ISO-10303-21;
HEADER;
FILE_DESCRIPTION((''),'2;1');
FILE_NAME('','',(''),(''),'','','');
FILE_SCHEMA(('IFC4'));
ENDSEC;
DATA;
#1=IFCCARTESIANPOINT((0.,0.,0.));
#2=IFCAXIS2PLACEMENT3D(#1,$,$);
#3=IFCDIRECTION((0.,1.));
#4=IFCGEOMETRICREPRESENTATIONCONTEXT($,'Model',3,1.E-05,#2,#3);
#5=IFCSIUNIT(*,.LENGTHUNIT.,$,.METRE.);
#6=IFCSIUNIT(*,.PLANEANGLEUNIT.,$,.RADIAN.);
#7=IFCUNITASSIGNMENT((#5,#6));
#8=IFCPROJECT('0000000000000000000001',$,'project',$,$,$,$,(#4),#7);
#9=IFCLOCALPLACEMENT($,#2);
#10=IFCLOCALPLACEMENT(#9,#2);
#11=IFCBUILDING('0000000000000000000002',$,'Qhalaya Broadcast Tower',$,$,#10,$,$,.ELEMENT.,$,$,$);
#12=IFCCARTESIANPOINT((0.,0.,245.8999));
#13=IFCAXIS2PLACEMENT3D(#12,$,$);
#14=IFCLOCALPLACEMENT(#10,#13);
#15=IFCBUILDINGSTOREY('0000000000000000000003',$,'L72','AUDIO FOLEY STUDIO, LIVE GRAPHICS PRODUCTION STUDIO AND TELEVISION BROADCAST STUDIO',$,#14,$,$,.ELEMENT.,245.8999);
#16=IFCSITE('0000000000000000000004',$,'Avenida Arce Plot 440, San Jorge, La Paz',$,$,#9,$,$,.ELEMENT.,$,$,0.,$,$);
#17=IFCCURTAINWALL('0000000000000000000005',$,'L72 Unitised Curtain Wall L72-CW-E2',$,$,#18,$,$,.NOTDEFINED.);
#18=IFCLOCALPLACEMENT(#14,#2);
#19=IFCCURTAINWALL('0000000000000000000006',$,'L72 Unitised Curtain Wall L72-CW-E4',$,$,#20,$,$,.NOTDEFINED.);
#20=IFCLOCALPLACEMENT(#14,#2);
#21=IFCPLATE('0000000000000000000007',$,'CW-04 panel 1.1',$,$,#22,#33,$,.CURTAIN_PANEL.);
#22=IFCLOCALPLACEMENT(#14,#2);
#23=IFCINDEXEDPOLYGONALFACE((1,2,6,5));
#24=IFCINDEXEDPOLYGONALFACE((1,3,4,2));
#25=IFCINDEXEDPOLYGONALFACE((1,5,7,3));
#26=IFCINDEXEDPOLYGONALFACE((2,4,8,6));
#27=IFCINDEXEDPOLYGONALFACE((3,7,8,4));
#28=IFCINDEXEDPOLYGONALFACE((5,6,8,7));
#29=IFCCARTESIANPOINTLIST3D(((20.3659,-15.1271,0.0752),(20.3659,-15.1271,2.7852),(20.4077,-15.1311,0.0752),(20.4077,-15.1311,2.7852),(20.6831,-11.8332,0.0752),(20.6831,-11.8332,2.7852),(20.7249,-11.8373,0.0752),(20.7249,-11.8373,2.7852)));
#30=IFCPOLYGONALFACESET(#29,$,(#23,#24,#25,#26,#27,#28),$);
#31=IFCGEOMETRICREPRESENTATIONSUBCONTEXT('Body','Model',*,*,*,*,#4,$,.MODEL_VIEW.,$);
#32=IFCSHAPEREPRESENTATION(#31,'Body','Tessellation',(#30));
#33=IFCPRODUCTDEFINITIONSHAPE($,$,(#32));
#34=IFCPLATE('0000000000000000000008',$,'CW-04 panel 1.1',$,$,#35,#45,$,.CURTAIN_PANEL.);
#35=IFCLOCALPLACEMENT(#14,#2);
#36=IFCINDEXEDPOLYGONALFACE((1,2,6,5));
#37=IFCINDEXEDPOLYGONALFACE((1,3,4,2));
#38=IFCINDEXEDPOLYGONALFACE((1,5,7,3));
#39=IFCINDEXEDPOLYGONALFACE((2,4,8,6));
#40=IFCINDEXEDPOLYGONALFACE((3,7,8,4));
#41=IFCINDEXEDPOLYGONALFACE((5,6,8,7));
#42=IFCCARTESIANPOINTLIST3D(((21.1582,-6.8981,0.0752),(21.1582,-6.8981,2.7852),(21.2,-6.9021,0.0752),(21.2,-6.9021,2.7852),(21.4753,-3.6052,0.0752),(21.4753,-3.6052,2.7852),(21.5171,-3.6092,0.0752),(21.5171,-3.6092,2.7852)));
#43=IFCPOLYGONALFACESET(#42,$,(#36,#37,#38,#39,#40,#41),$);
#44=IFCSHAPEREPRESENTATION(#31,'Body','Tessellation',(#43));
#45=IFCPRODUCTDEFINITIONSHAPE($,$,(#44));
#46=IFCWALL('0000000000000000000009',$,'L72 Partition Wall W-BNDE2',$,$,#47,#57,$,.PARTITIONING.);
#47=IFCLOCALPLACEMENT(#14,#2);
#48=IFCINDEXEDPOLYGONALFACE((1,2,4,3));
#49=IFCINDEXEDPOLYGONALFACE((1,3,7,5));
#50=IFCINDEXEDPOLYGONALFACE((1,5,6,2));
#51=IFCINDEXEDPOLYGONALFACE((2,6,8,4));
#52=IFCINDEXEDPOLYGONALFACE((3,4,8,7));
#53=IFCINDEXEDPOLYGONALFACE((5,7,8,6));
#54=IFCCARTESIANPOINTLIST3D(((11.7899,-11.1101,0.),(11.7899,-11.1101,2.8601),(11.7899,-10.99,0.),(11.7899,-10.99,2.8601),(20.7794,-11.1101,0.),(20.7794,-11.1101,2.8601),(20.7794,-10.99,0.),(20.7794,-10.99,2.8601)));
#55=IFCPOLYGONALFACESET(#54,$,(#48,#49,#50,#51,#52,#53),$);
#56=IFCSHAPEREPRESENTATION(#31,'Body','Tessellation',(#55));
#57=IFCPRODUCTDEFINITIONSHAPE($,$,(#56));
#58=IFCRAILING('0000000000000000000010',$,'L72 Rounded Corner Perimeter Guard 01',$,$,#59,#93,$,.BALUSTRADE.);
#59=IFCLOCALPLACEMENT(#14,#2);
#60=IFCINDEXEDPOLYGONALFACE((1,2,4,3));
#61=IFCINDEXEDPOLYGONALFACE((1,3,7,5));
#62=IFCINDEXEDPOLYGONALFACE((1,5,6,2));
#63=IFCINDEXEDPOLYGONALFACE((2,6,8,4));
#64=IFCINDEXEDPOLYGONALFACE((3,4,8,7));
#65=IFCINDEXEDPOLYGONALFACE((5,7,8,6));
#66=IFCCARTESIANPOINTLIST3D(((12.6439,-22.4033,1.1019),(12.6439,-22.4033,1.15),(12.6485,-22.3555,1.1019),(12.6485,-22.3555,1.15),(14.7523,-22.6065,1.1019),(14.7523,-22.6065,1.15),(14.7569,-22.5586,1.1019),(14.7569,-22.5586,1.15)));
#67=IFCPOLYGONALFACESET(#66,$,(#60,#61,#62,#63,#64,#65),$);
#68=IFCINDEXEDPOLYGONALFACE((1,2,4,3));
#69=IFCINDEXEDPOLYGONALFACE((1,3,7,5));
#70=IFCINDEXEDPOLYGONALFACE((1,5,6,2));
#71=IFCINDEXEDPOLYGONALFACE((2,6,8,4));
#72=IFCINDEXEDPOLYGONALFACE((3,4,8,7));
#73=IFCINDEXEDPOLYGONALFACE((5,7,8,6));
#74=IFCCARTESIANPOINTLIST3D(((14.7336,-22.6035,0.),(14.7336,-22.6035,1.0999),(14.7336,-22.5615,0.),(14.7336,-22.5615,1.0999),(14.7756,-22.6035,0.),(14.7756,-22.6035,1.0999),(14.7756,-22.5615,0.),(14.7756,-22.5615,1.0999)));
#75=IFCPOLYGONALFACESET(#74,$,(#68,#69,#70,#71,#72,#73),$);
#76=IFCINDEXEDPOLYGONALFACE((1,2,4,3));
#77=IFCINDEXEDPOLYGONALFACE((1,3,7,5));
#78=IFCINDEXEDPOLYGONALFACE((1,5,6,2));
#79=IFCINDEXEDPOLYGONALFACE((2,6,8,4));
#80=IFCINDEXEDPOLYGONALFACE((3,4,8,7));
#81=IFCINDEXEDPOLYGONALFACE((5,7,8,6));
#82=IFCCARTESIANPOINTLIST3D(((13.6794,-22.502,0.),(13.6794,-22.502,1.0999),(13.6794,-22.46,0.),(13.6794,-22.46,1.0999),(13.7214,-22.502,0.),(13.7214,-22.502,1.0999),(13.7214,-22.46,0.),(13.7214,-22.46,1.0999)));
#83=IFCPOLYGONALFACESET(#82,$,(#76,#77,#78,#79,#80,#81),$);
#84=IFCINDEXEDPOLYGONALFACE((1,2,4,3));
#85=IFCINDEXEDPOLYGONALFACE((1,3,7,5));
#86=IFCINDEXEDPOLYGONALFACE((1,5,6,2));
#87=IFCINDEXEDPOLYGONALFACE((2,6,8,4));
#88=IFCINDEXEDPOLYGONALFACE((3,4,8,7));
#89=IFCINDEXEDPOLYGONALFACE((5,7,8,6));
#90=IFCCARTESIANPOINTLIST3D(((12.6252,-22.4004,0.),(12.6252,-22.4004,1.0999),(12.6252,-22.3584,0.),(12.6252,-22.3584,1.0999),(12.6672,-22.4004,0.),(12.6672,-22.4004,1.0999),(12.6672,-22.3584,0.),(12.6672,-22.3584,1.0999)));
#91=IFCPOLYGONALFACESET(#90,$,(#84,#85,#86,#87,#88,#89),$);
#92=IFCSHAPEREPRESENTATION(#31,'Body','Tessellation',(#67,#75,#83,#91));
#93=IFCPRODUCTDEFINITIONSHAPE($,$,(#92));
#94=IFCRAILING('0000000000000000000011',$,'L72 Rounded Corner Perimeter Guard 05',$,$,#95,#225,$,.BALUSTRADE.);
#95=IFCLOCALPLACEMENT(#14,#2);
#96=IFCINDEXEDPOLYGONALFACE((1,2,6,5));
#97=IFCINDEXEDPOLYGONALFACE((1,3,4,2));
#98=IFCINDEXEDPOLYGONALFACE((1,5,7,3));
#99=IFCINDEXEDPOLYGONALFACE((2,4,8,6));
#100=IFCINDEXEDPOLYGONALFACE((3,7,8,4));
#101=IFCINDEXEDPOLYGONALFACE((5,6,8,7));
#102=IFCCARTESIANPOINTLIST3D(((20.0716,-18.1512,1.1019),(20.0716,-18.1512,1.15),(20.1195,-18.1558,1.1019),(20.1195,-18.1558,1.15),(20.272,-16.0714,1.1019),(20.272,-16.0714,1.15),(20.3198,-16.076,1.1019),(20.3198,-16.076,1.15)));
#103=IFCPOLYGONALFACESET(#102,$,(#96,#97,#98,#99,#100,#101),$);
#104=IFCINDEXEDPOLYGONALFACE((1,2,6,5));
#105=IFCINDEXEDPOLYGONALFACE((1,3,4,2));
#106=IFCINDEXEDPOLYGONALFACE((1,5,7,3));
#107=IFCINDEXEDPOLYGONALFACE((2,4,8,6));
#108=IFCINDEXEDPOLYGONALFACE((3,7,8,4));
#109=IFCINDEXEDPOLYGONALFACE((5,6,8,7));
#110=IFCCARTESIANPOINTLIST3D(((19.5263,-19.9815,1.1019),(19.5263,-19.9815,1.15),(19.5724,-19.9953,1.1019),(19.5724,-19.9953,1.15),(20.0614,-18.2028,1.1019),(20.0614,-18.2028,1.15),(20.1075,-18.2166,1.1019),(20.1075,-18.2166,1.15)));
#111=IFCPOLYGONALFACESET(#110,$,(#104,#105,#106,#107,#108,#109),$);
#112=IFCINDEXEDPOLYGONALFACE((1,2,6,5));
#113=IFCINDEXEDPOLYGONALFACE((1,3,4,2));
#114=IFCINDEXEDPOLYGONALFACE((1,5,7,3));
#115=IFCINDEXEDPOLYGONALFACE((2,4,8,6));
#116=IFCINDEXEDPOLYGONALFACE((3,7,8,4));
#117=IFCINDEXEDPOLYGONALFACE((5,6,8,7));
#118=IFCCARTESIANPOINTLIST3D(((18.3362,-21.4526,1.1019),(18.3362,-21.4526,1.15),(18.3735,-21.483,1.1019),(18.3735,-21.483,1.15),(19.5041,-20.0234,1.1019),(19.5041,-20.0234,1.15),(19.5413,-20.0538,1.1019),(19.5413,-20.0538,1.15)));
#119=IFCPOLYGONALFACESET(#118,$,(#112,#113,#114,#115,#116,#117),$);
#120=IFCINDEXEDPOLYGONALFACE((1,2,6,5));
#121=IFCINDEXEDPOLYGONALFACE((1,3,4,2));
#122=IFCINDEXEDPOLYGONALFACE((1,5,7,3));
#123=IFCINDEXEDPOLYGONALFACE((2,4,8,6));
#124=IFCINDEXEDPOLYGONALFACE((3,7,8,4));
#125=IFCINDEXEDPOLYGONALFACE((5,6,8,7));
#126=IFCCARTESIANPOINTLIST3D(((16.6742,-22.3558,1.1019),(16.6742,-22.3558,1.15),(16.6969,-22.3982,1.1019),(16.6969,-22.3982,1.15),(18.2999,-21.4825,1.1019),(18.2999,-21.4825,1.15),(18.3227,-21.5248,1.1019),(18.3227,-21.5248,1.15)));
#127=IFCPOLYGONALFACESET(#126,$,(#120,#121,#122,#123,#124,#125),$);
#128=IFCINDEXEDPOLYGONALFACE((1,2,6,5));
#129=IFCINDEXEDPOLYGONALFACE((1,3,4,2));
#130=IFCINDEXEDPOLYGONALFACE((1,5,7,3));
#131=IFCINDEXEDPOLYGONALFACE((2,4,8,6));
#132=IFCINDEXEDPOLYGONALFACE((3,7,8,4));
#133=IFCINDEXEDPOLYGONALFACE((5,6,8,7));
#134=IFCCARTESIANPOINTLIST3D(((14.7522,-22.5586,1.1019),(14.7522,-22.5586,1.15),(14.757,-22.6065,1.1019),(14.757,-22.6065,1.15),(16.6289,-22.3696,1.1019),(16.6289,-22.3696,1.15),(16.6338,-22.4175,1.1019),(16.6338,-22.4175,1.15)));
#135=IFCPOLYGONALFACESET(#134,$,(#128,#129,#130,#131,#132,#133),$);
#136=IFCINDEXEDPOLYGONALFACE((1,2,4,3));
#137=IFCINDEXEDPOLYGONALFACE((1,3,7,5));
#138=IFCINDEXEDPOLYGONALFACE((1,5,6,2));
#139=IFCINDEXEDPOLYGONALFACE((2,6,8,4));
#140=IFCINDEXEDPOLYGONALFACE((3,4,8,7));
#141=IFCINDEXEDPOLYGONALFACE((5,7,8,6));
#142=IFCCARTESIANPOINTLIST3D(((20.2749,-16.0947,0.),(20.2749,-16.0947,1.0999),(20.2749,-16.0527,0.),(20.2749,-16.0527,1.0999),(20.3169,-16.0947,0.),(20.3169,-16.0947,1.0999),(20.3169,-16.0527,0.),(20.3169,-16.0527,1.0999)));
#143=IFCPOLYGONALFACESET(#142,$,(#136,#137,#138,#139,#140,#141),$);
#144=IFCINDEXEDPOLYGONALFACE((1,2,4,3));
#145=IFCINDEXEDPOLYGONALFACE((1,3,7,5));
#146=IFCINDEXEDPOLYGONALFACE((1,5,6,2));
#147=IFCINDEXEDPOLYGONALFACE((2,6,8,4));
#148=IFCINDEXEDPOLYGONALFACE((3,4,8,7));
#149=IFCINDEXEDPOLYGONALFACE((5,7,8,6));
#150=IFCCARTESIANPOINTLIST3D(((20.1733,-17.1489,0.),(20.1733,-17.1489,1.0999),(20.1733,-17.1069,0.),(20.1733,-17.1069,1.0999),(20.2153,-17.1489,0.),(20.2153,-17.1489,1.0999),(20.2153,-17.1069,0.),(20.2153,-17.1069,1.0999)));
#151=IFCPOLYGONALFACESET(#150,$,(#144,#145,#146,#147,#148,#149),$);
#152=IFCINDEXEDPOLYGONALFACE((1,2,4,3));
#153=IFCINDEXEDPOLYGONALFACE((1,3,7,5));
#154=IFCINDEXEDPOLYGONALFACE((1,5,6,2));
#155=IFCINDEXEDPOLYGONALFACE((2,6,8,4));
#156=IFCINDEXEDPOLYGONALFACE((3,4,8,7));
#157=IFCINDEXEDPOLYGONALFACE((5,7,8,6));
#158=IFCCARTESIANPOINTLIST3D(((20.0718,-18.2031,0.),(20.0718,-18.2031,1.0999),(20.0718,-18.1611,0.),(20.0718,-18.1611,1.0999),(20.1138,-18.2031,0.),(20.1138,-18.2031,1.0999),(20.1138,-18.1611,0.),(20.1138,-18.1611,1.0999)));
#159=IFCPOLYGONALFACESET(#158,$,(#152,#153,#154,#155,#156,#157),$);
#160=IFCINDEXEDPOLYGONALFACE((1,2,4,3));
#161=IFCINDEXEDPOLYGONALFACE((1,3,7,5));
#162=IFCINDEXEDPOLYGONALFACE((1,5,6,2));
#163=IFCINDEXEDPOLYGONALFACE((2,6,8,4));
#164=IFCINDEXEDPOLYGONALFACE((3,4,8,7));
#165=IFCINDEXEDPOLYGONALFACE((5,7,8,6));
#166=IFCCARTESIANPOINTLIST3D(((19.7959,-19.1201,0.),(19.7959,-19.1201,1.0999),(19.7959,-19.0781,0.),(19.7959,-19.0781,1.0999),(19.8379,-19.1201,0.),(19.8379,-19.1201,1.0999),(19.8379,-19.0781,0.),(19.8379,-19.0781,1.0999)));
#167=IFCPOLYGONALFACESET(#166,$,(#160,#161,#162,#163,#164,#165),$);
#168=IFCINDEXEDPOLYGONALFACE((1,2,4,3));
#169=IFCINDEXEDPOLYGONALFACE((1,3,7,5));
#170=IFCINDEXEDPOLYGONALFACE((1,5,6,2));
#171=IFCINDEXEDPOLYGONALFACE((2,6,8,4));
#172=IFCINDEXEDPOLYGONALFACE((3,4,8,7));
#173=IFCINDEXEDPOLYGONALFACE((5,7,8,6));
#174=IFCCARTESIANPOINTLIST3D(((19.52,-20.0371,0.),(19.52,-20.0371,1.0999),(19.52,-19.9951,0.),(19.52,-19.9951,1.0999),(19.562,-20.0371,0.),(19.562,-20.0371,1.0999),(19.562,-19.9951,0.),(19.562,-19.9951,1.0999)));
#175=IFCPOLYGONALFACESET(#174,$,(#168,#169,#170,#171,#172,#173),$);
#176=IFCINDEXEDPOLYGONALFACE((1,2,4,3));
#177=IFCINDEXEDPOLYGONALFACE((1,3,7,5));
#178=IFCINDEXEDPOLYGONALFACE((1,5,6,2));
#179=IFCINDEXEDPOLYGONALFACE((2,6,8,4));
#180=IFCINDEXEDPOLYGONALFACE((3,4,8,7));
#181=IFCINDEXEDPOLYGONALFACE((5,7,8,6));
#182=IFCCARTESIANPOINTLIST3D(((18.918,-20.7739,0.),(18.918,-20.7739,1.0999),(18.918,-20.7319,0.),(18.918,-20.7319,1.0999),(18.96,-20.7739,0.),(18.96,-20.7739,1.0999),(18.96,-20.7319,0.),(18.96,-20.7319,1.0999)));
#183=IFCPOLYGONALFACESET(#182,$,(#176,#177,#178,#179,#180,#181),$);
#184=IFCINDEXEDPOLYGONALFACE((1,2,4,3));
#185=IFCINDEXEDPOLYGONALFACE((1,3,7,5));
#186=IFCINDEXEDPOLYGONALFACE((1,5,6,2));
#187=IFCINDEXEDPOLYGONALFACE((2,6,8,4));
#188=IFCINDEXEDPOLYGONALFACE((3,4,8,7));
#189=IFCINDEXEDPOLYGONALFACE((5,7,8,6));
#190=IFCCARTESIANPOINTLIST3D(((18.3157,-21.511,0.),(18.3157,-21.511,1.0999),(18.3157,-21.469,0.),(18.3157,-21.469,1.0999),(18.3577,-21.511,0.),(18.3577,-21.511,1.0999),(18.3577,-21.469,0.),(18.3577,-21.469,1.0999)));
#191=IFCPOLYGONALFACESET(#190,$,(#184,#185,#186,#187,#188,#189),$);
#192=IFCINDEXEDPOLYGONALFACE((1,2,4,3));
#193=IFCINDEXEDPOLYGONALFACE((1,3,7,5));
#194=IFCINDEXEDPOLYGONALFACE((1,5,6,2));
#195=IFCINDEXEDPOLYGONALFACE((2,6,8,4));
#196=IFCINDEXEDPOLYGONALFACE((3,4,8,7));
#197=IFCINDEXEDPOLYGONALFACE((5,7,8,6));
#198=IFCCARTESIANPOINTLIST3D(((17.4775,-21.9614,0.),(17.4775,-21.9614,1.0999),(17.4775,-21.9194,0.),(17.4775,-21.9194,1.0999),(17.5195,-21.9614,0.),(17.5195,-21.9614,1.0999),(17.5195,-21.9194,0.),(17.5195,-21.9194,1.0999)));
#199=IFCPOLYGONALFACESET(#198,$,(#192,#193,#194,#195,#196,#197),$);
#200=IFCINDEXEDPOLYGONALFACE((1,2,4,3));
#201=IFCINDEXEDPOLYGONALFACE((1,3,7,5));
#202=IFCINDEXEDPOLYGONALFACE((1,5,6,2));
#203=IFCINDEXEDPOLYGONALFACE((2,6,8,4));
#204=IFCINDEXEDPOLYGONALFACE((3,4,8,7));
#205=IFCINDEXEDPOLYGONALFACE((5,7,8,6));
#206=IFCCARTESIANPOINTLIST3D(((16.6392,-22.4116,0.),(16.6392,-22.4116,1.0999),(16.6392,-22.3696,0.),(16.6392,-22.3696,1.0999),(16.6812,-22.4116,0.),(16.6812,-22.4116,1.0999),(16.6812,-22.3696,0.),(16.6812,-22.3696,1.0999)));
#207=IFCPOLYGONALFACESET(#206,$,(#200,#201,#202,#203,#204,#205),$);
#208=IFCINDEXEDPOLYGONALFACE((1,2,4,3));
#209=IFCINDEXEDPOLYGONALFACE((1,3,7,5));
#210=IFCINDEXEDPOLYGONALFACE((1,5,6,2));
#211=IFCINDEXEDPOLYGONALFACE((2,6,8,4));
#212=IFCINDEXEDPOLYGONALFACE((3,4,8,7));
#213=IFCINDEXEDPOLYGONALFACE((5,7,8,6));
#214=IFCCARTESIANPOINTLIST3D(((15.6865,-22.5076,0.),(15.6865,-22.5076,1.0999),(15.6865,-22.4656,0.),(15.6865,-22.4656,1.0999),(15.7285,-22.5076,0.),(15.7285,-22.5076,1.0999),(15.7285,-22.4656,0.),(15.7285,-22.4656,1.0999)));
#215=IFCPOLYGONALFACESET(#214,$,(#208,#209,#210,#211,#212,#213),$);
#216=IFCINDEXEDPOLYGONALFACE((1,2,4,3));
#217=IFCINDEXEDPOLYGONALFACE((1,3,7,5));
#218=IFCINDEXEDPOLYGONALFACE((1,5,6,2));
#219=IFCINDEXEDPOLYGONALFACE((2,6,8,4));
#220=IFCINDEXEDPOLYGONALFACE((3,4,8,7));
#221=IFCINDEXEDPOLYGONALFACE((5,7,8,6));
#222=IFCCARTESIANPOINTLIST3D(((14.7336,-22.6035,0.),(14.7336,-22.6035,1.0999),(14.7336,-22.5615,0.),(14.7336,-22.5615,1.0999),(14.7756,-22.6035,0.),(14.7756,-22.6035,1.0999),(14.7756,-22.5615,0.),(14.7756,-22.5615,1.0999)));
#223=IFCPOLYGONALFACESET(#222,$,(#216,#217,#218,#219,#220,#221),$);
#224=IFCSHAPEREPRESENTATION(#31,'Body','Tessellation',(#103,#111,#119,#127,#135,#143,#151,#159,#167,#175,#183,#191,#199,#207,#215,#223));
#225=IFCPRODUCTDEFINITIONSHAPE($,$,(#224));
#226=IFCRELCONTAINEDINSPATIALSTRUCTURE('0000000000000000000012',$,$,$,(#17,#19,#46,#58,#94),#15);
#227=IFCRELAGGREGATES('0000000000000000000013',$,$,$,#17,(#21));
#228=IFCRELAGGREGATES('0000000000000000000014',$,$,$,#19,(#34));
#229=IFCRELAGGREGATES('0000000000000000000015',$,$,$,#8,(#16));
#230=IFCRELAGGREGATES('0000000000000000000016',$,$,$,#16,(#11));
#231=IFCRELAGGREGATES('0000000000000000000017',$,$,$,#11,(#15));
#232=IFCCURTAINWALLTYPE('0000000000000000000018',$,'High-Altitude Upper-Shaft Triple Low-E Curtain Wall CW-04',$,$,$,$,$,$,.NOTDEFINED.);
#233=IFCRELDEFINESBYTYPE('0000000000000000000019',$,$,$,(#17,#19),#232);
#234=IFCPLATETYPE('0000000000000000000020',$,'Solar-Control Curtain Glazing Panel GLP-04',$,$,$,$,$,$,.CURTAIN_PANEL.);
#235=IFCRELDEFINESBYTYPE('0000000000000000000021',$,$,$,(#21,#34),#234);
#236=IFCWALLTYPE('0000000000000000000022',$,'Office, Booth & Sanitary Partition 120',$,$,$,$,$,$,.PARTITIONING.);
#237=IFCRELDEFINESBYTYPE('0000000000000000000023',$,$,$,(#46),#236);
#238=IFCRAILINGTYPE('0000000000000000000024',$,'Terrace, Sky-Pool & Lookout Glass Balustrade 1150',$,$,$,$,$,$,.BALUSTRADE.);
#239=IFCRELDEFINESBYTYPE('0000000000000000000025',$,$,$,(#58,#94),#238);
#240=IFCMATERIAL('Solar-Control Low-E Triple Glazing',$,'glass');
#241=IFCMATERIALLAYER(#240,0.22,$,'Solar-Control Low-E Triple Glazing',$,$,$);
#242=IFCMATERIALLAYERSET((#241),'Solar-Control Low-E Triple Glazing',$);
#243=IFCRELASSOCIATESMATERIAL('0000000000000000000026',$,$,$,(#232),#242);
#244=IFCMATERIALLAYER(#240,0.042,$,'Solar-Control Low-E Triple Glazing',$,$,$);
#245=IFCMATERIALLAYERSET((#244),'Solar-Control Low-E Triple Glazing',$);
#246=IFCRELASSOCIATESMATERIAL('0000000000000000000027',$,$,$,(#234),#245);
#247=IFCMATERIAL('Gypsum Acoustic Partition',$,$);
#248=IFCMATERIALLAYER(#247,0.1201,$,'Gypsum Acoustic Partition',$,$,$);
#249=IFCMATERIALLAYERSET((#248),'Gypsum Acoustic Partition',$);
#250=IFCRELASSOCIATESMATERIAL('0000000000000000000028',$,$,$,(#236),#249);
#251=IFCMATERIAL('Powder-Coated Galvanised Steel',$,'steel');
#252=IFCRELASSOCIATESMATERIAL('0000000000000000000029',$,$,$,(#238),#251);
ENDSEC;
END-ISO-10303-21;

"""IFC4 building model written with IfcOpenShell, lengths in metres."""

from ifc_helpers import new_model, si_unit, direction, frame, frame_2d, origin, origin_2d, place, context, subcontext, project, spatial, rectangle, extrude, material, layer, layer_set, type_object, element, aggregate, save


model = new_model("IFC4")

# Units and contexts
model_context = context("Model", 3, precision=1e-05, world=origin(), true_north=direction((0.0, 1.0)))
body_context = subcontext(model_context, "Body", "Model", "MODEL_VIEW")
ifc_project = project(units=[si_unit("LENGTHUNIT", "METRE"), si_unit("PLANEANGLEUNIT", "RADIAN")], contexts=[model_context])

# Site, building, storey
site_placement = place(None, origin())
site = spatial("IfcSite", under=ifc_project, at=site_placement, Name="Avenida Arce Plot 440, San Jorge, La Paz", CompositionType="ELEMENT", RefElevation=0.0)
building_placement = place(site_placement, origin())
building = spatial("IfcBuilding", under=site, at=building_placement, Name="Qhalaya Broadcast Tower", CompositionType="ELEMENT")
storey_placement = place(building_placement, frame((0.0, 0.0, 245.8999)))
storey = spatial("IfcBuildingStorey", under=building, at=storey_placement, Name="L72", Description="AUDIO FOLEY STUDIO, LIVE GRAPHICS PRODUCTION STUDIO AND TELEVISION BROADCAST STUDIO", CompositionType="ELEMENT", Elevation=245.8999)

# Curtain walls
ifc_material_1 = material(Name="Solar-Control Low-E Triple Glazing", Category="glass")
ifc_layer_1 = layer(ifc_material_1, 0.22, Name="Solar-Control Low-E Triple Glazing")
ifc_layer_set_1 = layer_set([ifc_layer_1], Name="Solar-Control Low-E Triple Glazing")
curtain_wall_type_1 = type_object("IfcCurtainWallType", Name="High-Altitude Upper-Shaft Triple Low-E Curtain Wall CW-04", PredefinedType="NOTDEFINED", material=ifc_layer_set_1)
curtain_wall_1_placement = place(storey_placement, origin())
curtain_wall_1 = element("IfcCurtainWall", 1, at=curtain_wall_1_placement, inside=storey, type_object=curtain_wall_type_1, Name="L72 Unitised Curtain Wall L72-CW-E2", PredefinedType="NOTDEFINED")
curtain_wall_2_placement = place(storey_placement, origin())
curtain_wall_2 = element("IfcCurtainWall", 2, at=curtain_wall_2_placement, inside=storey, type_object=curtain_wall_type_1, Name="L72 Unitised Curtain Wall L72-CW-E4", PredefinedType="NOTDEFINED")

# Plates
ifc_layer_2 = layer(ifc_material_1, 0.042, Name="Solar-Control Low-E Triple Glazing")
ifc_layer_set_2 = layer_set([ifc_layer_2], Name="Solar-Control Low-E Triple Glazing")
plate_type_1 = type_object("IfcPlateType", Name="Solar-Control Curtain Glazing Panel GLP-04", PredefinedType="CURTAIN_PANEL", material=ifc_layer_set_2)
plate_1_placement = place(storey_placement, frame((20.5454, -13.4822, 0.0752), z_axis=(0.0, 0.0, 1.0), x_axis=(0.095836, 0.995397, 0.0)))
plate_1 = element("IfcPlate", 3, at=plate_1_placement, type_object=plate_type_1, Name="CW-04 panel 1.1", PredefinedType="CURTAIN_PANEL", context=body_context, shape_type="SweptSolid", body=[
    extrude(rectangle(XDim=3.3091, YDim=0.042, at=origin_2d()), origin(), (0.0, 0.0, 1.0), 2.71),
])
aggregate(curtain_wall_1, [plate_1])
plate_2_placement = place(storey_placement, frame((21.3376, -5.2537, 0.0752), z_axis=(0.0, 0.0, 1.0), x_axis=(0.095835, 0.995397, 0.0)))
plate_2 = element("IfcPlate", 4, at=plate_2_placement, type_object=plate_type_1, Name="CW-04 panel 1.1", PredefinedType="CURTAIN_PANEL", context=body_context, shape_type="SweptSolid", body=[
    extrude(rectangle(XDim=3.3081, YDim=0.042, at=origin_2d()), origin(), (0.0, 0.0, 1.0), 2.71),
])
aggregate(curtain_wall_2, [plate_2])

# Wall
ifc_material_2 = material(Name="Gypsum Acoustic Partition")
ifc_layer_3 = layer(ifc_material_2, 0.1201, Name="Gypsum Acoustic Partition")
ifc_layer_set_3 = layer_set([ifc_layer_3], Name="Gypsum Acoustic Partition")
wall_type = type_object("IfcWallType", Name="Office, Booth & Sanitary Partition 120", PredefinedType="PARTITIONING", material=ifc_layer_set_3)
wall_placement = place(storey_placement, frame((11.79, -11.05, 0.0), z_axis=(0.0, 0.0, 1.0), x_axis=(1.0, 0.0, 0.0)))
element("IfcWall", 5, at=wall_placement, inside=storey, type_object=wall_type, Name="L72 Partition Wall W-BNDE2", PredefinedType="PARTITIONING", context=body_context, shape_type="SweptSolid", body=[
    extrude(rectangle(XDim=8.9895, YDim=0.1201, at=frame_2d((4.4946, 0.0))), origin(), (0.0, 0.0, 1.0), 2.8601),
])

# Railings
ifc_material_3 = material(Name="Powder-Coated Galvanised Steel", Category="steel")
railing_type = type_object("IfcRailingType", Name="Terrace, Sky-Pool & Lookout Glass Balustrade 1150", PredefinedType="BALUSTRADE", material=ifc_material_3)
railing_1_placement = place(storey_placement, frame((14.7546, -22.5825, 0.0)))
element("IfcRailing", 6, at=railing_1_placement, inside=storey, type_object=railing_type, Name="L72 Rounded Corner Perimeter Guard 01", PredefinedType="BALUSTRADE", context=body_context, shape_type="SweptSolid", body=[
    extrude(rectangle(XDim=0.0481, YDim=0.0481, at=origin_2d()), frame((0.0, 0.0, 1.126), z_axis=(-0.995391, 0.095897, 0.0), x_axis=(-0.095897, -0.995391, 0.0)), (0.0, 0.0, 1.0), 2.1182),
    extrude(rectangle(XDim=0.042, YDim=0.042, at=origin_2d()), origin(), (0.0, 0.0, 1.0), 1.0999),
    extrude(rectangle(XDim=0.042, YDim=0.042, at=origin_2d()), frame((-1.0542, 0.1016, 0.0)), (0.0, 0.0, 1.0), 1.0999),
    extrude(rectangle(XDim=0.042, YDim=0.042, at=origin_2d()), frame((-2.1084, 0.2031, 0.0)), (0.0, 0.0, 1.0), 1.0999),
])
railing_2_placement = place(storey_placement, frame((20.2959, -16.0737, 0.0)))
element("IfcRailing", 7, at=railing_2_placement, inside=storey, type_object=railing_type, Name="L72 Rounded Corner Perimeter Guard 05", PredefinedType="BALUSTRADE", context=body_context, shape_type="SweptSolid", body=[
    extrude(rectangle(XDim=0.0481, YDim=0.0481, at=origin_2d()), frame((0.0, 0.0, 1.126), z_axis=(-0.095897, -0.995391, 0.0), x_axis=(0.995391, -0.095897, 0.0)), (0.0, 0.0, 1.0), 2.0894),
    extrude(rectangle(XDim=0.0481, YDim=0.0481, at=origin_2d()), frame((-0.2114, -2.136, 1.126), z_axis=(-0.288096, -0.957601, 0.0), x_axis=(0.957601, -0.288096, 0.0)), (0.0, 0.0, 1.0), 1.8574),
    extrude(rectangle(XDim=0.0481, YDim=0.0481, at=origin_2d()), frame((-0.7732, -3.9648, 1.126), z_axis=(-0.632749, -0.774357, 0.0), x_axis=(0.774357, -0.632749, 0.0)), (0.0, 0.0, 1.0), 1.8457),
    extrude(rectangle(XDim=0.0481, YDim=0.0481, at=origin_2d()), frame((-1.9846, -5.4299, 1.126), z_axis=(-0.880932, -0.473243, 0.0), x_axis=(0.473243, -0.880932, 0.0)), (0.0, 0.0, 1.0), 1.8455),
    extrude(rectangle(XDim=0.0481, YDim=0.0481, at=origin_2d()), frame((-3.6646, -6.3198, 1.126), z_axis=(-0.994968, -0.100198, 0.0), x_axis=(0.100198, -0.994968, 0.0)), (0.0, 0.0, 1.0), 1.8862),
    extrude(rectangle(XDim=0.042, YDim=0.042, at=origin_2d()), origin(), (0.0, 0.0, 1.0), 1.0999),
    extrude(rectangle(XDim=0.042, YDim=0.042, at=origin_2d()), frame((-0.1016, -1.0542, 0.0)), (0.0, 0.0, 1.0), 1.0999),
    extrude(rectangle(XDim=0.042, YDim=0.042, at=origin_2d()), frame((-0.2031, -2.1084, 0.0)), (0.0, 0.0, 1.0), 1.0999),
    extrude(rectangle(XDim=0.042, YDim=0.042, at=origin_2d()), frame((-0.479, -3.0254, 0.0)), (0.0, 0.0, 1.0), 1.0999),
    extrude(rectangle(XDim=0.042, YDim=0.042, at=origin_2d()), frame((-0.7549, -3.9424, 0.0)), (0.0, 0.0, 1.0), 1.0999),
    extrude(rectangle(XDim=0.042, YDim=0.042, at=origin_2d()), frame((-1.3569, -4.6792, 0.0)), (0.0, 0.0, 1.0), 1.0999),
    extrude(rectangle(XDim=0.042, YDim=0.042, at=origin_2d()), frame((-1.9592, -5.4163, 0.0)), (0.0, 0.0, 1.0), 1.0999),
    extrude(rectangle(XDim=0.042, YDim=0.042, at=origin_2d()), frame((-2.7974, -5.8667, 0.0)), (0.0, 0.0, 1.0), 1.0999),
    extrude(rectangle(XDim=0.042, YDim=0.042, at=origin_2d()), frame((-3.6357, -6.3169, 0.0)), (0.0, 0.0, 1.0), 1.0999),
    extrude(rectangle(XDim=0.042, YDim=0.042, at=origin_2d()), frame((-4.5884, -6.4128, 0.0)), (0.0, 0.0, 1.0), 1.0999),
    extrude(rectangle(XDim=0.042, YDim=0.042, at=origin_2d()), frame((-5.5413, -6.5088, 0.0)), (0.0, 0.0, 1.0), 1.0999),
])

save(model, "model.ifc")
